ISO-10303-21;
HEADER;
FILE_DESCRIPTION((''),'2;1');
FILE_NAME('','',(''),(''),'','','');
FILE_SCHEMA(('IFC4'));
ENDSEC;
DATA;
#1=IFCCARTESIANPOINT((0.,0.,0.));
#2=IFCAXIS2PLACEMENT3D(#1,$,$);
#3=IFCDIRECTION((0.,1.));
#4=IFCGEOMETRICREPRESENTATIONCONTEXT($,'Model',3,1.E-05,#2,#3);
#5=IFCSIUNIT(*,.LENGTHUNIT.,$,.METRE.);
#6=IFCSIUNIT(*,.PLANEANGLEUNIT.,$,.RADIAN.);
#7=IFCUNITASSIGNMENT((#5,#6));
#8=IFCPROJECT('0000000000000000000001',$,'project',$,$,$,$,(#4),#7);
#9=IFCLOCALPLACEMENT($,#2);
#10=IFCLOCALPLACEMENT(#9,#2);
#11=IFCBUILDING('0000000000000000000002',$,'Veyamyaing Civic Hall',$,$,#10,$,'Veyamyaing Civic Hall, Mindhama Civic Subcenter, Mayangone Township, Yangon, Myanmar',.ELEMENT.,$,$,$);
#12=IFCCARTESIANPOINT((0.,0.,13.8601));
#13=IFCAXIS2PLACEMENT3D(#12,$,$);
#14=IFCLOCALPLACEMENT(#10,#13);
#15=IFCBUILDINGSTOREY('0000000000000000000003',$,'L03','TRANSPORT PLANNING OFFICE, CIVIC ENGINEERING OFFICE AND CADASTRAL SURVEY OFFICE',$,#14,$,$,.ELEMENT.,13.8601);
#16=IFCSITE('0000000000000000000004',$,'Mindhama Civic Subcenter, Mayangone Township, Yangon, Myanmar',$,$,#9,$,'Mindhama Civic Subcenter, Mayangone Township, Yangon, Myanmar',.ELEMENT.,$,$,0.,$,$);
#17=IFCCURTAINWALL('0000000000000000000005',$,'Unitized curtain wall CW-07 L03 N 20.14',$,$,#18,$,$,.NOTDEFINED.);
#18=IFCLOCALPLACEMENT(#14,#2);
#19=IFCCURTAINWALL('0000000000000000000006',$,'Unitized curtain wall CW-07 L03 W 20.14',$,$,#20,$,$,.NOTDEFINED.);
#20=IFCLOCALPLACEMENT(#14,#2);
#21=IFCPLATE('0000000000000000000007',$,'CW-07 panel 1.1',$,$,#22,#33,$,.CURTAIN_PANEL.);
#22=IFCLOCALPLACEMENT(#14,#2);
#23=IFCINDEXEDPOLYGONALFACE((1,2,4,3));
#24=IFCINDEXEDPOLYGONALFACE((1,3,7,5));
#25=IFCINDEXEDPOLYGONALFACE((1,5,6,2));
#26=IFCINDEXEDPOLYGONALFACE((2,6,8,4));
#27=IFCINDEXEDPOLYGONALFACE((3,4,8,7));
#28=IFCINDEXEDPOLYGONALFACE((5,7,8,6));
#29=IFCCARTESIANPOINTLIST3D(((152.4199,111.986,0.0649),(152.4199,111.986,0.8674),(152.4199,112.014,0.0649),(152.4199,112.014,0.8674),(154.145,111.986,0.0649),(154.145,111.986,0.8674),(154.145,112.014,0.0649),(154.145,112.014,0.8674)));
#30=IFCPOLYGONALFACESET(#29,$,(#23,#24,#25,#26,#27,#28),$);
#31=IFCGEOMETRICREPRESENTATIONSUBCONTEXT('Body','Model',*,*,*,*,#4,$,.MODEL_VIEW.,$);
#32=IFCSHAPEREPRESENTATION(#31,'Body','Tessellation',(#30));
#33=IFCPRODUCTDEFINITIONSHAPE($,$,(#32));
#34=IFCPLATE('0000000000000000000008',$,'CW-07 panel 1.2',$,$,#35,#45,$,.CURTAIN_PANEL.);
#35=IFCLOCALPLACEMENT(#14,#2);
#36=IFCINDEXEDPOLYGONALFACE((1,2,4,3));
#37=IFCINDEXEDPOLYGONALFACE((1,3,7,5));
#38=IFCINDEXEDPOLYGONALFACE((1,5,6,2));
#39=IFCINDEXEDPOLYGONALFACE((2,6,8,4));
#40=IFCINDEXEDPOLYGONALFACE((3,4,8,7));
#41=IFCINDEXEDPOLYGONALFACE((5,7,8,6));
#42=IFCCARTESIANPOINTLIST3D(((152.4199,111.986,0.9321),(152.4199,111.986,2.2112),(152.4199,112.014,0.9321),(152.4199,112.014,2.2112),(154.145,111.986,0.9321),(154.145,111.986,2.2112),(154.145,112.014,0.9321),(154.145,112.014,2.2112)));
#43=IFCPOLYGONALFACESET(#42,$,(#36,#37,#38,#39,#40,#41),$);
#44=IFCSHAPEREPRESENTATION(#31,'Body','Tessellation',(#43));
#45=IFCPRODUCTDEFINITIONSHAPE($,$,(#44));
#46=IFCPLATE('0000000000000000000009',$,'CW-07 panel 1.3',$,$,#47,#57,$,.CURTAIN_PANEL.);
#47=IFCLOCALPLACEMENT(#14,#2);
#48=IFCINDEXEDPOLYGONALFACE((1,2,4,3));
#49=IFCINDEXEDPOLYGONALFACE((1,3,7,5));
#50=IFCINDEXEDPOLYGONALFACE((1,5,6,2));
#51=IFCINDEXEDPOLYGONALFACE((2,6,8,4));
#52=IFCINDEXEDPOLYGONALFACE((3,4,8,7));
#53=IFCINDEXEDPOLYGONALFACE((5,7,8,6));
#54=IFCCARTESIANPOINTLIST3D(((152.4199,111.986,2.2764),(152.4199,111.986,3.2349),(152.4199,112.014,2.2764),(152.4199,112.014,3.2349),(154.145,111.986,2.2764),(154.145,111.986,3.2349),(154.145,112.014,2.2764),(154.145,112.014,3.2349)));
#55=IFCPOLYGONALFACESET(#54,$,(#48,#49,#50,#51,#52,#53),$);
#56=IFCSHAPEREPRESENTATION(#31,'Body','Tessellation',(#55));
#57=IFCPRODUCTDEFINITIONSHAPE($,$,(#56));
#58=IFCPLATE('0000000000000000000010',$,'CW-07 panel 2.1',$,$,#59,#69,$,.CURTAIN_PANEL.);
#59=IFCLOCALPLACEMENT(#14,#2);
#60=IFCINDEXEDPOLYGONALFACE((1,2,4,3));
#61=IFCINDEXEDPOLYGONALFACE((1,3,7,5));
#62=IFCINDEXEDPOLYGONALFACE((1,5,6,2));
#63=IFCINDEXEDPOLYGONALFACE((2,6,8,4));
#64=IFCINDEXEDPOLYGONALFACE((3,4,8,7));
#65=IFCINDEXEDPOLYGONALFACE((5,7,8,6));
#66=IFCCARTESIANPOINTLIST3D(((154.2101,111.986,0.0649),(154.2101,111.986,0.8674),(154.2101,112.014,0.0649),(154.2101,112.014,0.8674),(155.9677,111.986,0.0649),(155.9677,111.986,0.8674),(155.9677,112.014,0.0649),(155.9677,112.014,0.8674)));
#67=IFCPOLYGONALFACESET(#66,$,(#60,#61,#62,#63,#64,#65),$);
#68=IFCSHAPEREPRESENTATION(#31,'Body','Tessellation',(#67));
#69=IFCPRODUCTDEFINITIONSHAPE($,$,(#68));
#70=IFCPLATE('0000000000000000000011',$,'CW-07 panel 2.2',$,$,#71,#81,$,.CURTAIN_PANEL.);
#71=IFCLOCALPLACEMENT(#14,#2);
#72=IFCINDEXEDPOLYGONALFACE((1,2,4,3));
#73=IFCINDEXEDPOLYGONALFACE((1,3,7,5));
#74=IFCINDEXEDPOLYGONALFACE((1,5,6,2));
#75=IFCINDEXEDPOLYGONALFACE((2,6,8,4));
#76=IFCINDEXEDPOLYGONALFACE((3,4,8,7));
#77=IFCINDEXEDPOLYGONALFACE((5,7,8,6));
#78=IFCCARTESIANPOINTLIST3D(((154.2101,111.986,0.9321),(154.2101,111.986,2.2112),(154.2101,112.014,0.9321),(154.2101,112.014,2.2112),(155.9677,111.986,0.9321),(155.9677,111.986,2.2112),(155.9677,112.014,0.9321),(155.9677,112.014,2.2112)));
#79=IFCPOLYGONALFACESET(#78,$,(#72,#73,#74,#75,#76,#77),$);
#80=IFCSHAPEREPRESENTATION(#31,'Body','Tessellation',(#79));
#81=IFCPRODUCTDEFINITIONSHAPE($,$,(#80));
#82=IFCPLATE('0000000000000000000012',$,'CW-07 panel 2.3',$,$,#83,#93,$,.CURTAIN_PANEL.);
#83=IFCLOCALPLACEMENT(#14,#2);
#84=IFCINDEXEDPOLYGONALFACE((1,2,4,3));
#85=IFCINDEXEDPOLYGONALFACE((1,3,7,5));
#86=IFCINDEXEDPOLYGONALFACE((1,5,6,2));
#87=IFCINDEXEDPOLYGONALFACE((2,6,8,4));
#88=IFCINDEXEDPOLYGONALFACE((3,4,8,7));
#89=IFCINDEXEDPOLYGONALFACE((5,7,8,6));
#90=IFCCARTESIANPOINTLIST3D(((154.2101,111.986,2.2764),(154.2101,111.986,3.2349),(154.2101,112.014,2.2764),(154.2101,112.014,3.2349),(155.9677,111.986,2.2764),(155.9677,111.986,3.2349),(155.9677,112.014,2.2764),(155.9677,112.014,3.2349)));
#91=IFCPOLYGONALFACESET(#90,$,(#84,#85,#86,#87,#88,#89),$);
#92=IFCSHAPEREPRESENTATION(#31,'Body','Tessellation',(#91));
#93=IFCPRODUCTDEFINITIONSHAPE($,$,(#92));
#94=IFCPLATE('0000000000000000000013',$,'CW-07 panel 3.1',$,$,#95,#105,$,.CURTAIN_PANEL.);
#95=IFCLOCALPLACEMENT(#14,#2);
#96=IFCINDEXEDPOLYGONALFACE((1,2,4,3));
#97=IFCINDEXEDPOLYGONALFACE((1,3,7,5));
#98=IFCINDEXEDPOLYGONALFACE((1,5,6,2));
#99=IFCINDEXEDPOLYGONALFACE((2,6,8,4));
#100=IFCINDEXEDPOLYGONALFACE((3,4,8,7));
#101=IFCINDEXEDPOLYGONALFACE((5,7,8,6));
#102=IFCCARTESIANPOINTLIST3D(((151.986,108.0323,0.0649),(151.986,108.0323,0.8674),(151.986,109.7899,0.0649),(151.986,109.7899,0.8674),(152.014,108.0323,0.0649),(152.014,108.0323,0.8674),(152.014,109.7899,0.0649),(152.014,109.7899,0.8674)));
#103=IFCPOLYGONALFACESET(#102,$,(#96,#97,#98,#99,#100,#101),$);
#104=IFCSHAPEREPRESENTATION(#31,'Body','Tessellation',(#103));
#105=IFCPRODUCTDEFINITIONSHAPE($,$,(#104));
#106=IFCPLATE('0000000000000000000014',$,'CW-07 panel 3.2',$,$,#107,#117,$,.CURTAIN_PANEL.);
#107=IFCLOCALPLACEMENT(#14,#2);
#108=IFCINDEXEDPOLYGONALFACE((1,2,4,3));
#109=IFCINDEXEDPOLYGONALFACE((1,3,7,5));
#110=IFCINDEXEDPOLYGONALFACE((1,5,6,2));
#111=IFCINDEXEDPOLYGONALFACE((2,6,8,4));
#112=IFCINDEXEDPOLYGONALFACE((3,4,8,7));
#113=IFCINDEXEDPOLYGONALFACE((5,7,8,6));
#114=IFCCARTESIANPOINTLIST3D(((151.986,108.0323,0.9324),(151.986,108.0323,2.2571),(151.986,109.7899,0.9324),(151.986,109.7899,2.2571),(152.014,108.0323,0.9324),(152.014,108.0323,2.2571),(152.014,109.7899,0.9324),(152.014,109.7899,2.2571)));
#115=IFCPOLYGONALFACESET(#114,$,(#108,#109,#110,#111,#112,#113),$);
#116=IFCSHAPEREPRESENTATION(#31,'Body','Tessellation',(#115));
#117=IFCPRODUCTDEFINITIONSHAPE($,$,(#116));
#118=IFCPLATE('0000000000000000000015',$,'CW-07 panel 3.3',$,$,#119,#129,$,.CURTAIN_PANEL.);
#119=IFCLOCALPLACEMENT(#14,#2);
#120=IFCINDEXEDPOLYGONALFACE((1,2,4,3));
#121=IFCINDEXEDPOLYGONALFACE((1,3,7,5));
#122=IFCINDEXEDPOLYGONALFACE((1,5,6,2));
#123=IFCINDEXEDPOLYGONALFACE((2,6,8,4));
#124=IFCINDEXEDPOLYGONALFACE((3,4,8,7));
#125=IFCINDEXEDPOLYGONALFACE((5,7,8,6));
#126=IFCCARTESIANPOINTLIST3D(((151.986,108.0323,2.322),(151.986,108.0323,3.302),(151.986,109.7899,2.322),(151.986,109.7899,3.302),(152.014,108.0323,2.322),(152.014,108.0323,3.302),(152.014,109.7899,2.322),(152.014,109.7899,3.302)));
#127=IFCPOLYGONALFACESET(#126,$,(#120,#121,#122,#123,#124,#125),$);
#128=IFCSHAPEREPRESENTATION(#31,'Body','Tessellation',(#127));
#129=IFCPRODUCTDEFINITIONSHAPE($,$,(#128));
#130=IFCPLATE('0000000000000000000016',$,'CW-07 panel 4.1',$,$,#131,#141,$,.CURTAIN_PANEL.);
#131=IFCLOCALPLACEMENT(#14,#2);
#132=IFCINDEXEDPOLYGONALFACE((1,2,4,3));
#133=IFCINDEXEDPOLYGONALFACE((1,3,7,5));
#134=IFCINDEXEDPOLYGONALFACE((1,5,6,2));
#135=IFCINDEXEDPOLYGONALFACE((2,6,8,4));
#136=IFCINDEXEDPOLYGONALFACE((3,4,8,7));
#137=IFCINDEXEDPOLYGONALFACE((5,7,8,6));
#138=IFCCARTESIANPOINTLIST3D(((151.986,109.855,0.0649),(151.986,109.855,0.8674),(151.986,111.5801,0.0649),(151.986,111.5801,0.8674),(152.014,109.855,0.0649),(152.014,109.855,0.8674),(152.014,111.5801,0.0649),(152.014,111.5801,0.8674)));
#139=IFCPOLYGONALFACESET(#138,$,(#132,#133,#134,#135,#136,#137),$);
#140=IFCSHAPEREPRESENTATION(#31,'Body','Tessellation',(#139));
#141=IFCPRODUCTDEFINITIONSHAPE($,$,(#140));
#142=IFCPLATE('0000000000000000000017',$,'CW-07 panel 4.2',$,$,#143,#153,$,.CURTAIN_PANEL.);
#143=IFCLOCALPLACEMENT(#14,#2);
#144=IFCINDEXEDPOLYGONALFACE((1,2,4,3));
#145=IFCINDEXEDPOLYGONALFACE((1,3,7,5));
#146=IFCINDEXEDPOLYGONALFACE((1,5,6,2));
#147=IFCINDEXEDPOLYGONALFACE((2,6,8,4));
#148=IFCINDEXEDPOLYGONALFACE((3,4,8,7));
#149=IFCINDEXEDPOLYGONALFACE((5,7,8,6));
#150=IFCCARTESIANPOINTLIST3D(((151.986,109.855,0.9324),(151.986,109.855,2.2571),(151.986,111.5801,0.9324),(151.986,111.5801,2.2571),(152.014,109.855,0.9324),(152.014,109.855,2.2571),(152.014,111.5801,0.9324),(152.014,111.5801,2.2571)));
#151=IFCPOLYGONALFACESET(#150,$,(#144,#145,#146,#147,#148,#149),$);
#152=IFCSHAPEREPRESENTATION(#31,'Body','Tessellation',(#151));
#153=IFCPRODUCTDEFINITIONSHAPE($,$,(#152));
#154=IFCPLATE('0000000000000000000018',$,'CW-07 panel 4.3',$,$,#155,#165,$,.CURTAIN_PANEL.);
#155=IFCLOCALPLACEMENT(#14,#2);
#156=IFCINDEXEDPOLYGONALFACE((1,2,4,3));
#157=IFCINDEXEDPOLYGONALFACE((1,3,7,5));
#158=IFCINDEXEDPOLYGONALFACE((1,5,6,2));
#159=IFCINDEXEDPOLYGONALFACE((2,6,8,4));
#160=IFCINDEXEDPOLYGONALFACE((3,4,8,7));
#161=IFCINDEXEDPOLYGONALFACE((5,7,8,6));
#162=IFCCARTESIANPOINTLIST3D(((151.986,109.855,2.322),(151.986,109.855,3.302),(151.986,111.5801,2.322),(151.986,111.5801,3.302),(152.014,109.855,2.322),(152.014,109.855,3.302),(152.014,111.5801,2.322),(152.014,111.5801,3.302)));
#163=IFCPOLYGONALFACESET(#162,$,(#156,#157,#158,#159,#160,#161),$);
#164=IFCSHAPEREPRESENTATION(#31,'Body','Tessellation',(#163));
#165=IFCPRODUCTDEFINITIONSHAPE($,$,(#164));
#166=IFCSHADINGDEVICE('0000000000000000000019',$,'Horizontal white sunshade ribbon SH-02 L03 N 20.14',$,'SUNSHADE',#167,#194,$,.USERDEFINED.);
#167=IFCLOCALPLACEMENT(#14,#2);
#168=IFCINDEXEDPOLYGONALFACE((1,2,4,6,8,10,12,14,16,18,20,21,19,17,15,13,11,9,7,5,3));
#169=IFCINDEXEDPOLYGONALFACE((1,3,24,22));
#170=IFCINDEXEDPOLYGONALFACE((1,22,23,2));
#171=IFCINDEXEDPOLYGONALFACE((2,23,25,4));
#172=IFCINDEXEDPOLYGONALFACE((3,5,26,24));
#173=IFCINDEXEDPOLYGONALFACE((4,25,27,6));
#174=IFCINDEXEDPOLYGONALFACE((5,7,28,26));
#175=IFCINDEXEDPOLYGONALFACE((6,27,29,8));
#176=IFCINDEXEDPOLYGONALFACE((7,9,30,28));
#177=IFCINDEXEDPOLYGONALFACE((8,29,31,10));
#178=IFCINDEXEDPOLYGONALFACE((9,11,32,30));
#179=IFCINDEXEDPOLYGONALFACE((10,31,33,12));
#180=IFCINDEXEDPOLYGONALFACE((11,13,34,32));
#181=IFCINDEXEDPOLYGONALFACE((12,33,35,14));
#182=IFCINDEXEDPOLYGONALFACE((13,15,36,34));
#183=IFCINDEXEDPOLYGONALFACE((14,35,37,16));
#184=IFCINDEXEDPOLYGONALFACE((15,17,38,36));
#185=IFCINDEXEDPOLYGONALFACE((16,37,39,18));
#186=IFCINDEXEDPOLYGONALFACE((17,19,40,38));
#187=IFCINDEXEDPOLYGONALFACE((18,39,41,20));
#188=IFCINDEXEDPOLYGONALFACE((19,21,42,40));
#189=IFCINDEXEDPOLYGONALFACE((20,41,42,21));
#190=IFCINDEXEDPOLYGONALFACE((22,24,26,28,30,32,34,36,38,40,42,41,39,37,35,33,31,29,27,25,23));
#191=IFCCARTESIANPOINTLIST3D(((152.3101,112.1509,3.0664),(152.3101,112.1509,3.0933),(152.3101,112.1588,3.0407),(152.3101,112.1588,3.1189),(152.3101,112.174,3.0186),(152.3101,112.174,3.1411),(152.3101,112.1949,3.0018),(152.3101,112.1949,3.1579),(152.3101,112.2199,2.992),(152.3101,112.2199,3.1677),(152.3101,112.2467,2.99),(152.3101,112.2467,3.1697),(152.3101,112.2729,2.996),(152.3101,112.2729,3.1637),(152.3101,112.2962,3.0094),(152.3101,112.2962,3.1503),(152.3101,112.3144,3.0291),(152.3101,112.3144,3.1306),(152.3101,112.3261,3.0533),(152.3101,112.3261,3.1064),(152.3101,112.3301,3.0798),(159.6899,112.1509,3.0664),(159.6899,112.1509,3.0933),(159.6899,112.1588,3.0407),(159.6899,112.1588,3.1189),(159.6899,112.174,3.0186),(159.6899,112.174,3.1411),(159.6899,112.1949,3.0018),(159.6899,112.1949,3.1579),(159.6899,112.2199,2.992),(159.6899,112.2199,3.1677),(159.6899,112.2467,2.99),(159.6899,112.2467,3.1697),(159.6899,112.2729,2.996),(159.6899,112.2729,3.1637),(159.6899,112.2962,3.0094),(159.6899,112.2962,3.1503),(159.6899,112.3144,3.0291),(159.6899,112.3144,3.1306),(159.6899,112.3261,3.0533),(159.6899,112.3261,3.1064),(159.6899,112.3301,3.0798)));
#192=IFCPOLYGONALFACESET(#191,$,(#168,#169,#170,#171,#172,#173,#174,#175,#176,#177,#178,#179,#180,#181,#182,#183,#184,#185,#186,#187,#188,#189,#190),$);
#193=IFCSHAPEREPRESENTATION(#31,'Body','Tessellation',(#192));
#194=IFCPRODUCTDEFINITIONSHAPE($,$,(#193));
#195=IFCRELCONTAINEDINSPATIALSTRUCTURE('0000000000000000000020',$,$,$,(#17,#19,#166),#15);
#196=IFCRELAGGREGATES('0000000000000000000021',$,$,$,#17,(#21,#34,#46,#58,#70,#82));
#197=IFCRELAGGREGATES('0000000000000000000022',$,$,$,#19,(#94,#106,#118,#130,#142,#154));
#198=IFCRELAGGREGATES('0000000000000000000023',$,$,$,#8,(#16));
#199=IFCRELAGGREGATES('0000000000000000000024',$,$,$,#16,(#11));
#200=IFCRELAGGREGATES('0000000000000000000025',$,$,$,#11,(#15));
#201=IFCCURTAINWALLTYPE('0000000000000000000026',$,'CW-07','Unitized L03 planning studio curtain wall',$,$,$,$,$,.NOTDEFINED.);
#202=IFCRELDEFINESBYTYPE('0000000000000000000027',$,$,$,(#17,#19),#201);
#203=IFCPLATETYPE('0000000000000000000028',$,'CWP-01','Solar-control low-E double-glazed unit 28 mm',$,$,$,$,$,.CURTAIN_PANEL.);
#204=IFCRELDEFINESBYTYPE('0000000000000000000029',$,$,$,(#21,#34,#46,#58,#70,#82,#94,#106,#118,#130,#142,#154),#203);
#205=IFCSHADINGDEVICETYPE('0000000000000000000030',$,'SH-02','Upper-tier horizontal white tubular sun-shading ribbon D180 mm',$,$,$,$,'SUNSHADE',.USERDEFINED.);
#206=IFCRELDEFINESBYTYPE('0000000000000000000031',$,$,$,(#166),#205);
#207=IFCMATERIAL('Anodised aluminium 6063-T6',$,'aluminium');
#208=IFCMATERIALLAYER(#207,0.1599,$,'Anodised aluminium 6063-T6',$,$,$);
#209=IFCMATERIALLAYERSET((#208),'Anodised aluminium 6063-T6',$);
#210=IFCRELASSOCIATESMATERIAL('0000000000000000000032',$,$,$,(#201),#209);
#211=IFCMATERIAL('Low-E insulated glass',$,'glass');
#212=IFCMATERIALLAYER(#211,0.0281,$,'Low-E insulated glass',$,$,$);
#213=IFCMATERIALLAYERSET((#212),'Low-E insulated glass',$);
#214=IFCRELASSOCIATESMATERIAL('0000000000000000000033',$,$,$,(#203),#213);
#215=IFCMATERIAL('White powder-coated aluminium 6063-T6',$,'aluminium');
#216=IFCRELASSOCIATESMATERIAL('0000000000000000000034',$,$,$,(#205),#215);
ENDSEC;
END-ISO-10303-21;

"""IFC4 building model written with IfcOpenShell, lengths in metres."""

from ifc_helpers import new_model, si_unit, direction, frame, origin, origin_2d, place, context, subcontext, project, spatial, rectangle, circle, extrude, material, layer, layer_set, material_profile, profile_set, type_object, element, aggregate, save


model = new_model("IFC4")

# Units and contexts
model_context = context("Model", 3, precision=1e-05, world=origin(), true_north=direction((0.0, 1.0)))
body_context = subcontext(model_context, "Body", "Model", "MODEL_VIEW")
ifc_project = project(units=[si_unit("LENGTHUNIT", "METRE"), si_unit("PLANEANGLEUNIT", "RADIAN")], contexts=[model_context])

# Site, building, storey
site_placement = place(None, origin())
site = spatial("IfcSite", under=ifc_project, at=site_placement, Name="Mindhama Civic Subcenter, Mayangone Township, Yangon, Myanmar", LongName="Mindhama Civic Subcenter, Mayangone Township, Yangon, Myanmar", CompositionType="ELEMENT", RefElevation=0.0)
building_placement = place(site_placement, origin())
building = spatial("IfcBuilding", under=site, at=building_placement, Name="Veyamyaing Civic Hall", LongName="Veyamyaing Civic Hall, Mindhama Civic Subcenter, Mayangone Township, Yangon, Myanmar", CompositionType="ELEMENT")
storey_placement = place(building_placement, frame((0.0, 0.0, 13.8601)))
storey = spatial("IfcBuildingStorey", under=building, at=storey_placement, Name="L03", Description="TRANSPORT PLANNING OFFICE, CIVIC ENGINEERING OFFICE AND CADASTRAL SURVEY OFFICE", CompositionType="ELEMENT", Elevation=13.8601)

# Curtain walls
ifc_material_1 = material(Name="Anodised aluminium 6063-T6", Category="aluminium")
ifc_layer_1 = layer(ifc_material_1, 0.1599, Name="Anodised aluminium 6063-T6")
ifc_layer_set_1 = layer_set([ifc_layer_1], Name="Anodised aluminium 6063-T6")
curtain_wall_type = type_object("IfcCurtainWallType", Name="CW-07", Description="Unitized L03 planning studio curtain wall", PredefinedType="NOTDEFINED", material=ifc_layer_set_1)
curtain_wall_1_placement = place(storey_placement, origin())
curtain_wall_1 = element("IfcCurtainWall", 1, at=curtain_wall_1_placement, inside=storey, type_object=curtain_wall_type, Name="Unitized curtain wall CW-07 L03 N 20.14", PredefinedType="NOTDEFINED")
curtain_wall_2_placement = place(storey_placement, origin())
curtain_wall_2 = element("IfcCurtainWall", 2, at=curtain_wall_2_placement, inside=storey, type_object=curtain_wall_type, Name="Unitized curtain wall CW-07 L03 W 20.14", PredefinedType="NOTDEFINED")

# Plates
ifc_material_2 = material(Name="Low-E insulated glass", Category="glass")
ifc_layer_2 = layer(ifc_material_2, 0.0281, Name="Low-E insulated glass")
ifc_layer_set_2 = layer_set([ifc_layer_2], Name="Low-E insulated glass")
plate_type = type_object("IfcPlateType", Name="CWP-01", Description="Solar-control low-E double-glazed unit 28 mm", PredefinedType="CURTAIN_PANEL", material=ifc_layer_set_2)
plate_1_placement = place(storey_placement, frame((153.2825, 112.0, 0.0649), z_axis=(0.0, 0.0, 1.0), x_axis=(1.0, 0.0, 0.0)))
plate_1 = element("IfcPlate", 3, at=plate_1_placement, type_object=plate_type, Name="CW-07 panel 1.1", PredefinedType="CURTAIN_PANEL", context=body_context, shape_type="SweptSolid", body=[
    extrude(rectangle(XDim=1.7251, YDim=0.0281, at=origin_2d()), origin(), (0.0, 0.0, 1.0), 0.8025),
])
plate_2_placement = place(storey_placement, frame((153.2825, 112.0, 0.9321), z_axis=(0.0, 0.0, 1.0), x_axis=(1.0, 0.0, 0.0)))
plate_2 = element("IfcPlate", 4, at=plate_2_placement, type_object=plate_type, Name="CW-07 panel 1.2", PredefinedType="CURTAIN_PANEL", context=body_context, shape_type="SweptSolid", body=[
    extrude(rectangle(XDim=1.7251, YDim=0.0281, at=origin_2d()), origin(), (0.0, 0.0, 1.0), 1.2791),
])
plate_3_placement = place(storey_placement, frame((153.2825, 112.0, 2.2764), z_axis=(0.0, 0.0, 1.0), x_axis=(1.0, 0.0, 0.0)))
plate_3 = element("IfcPlate", 5, at=plate_3_placement, type_object=plate_type, Name="CW-07 panel 1.3", PredefinedType="CURTAIN_PANEL", context=body_context, shape_type="SweptSolid", body=[
    extrude(rectangle(XDim=1.7251, YDim=0.0281, at=origin_2d()), origin(), (0.0, 0.0, 1.0), 0.9585),
])
plate_4_placement = place(storey_placement, frame((155.0889, 112.0, 0.0649), z_axis=(0.0, 0.0, 1.0), x_axis=(1.0, 0.0, 0.0)))
plate_4 = element("IfcPlate", 6, at=plate_4_placement, type_object=plate_type, Name="CW-07 panel 2.1", PredefinedType="CURTAIN_PANEL", context=body_context, shape_type="SweptSolid", body=[
    extrude(rectangle(XDim=1.7576, YDim=0.0281, at=origin_2d()), origin(), (0.0, 0.0, 1.0), 0.8025),
])
plate_5_placement = place(storey_placement, frame((155.0889, 112.0, 0.9321), z_axis=(0.0, 0.0, 1.0), x_axis=(1.0, 0.0, 0.0)))
plate_5 = element("IfcPlate", 7, at=plate_5_placement, type_object=plate_type, Name="CW-07 panel 2.2", PredefinedType="CURTAIN_PANEL", context=body_context, shape_type="SweptSolid", body=[
    extrude(rectangle(XDim=1.7576, YDim=0.0281, at=origin_2d()), origin(), (0.0, 0.0, 1.0), 1.2791),
])
plate_6_placement = place(storey_placement, frame((155.0889, 112.0, 2.2764), z_axis=(0.0, 0.0, 1.0), x_axis=(1.0, 0.0, 0.0)))
plate_6 = element("IfcPlate", 8, at=plate_6_placement, type_object=plate_type, Name="CW-07 panel 2.3", PredefinedType="CURTAIN_PANEL", context=body_context, shape_type="SweptSolid", body=[
    extrude(rectangle(XDim=1.7576, YDim=0.0281, at=origin_2d()), origin(), (0.0, 0.0, 1.0), 0.9585),
])
aggregate(curtain_wall_1, [plate_1, plate_2, plate_3, plate_4, plate_5, plate_6])
plate_7_placement = place(storey_placement, frame((152.0, 108.9111, 0.0649), z_axis=(0.0, 0.0, 1.0), x_axis=(0.0, 1.0, 0.0)))
plate_7 = element("IfcPlate", 9, at=plate_7_placement, type_object=plate_type, Name="CW-07 panel 3.1", PredefinedType="CURTAIN_PANEL", context=body_context, shape_type="SweptSolid", body=[
    extrude(rectangle(XDim=1.7576, YDim=0.0281, at=origin_2d()), origin(), (0.0, 0.0, 1.0), 0.8025),
])
plate_8_placement = place(storey_placement, frame((152.0, 108.9111, 0.9324), z_axis=(0.0, 0.0, 1.0), x_axis=(0.0, 1.0, 0.0)))
plate_8 = element("IfcPlate", 10, at=plate_8_placement, type_object=plate_type, Name="CW-07 panel 3.2", PredefinedType="CURTAIN_PANEL", context=body_context, shape_type="SweptSolid", body=[
    extrude(rectangle(XDim=1.7576, YDim=0.0281, at=origin_2d()), origin(), (0.0, 0.0, 1.0), 1.3247),
])
plate_9_placement = place(storey_placement, frame((152.0, 108.9111, 2.322), z_axis=(0.0, 0.0, 1.0), x_axis=(0.0, 1.0, 0.0)))
plate_9 = element("IfcPlate", 11, at=plate_9_placement, type_object=plate_type, Name="CW-07 panel 3.3", PredefinedType="CURTAIN_PANEL", context=body_context, shape_type="SweptSolid", body=[
    extrude(rectangle(XDim=1.7576, YDim=0.0281, at=origin_2d()), origin(), (0.0, 0.0, 1.0), 0.98),
])
plate_10_placement = place(storey_placement, frame((152.0, 110.7175, 0.0649), z_axis=(0.0, 0.0, 1.0), x_axis=(0.0, 1.0, 0.0)))
plate_10 = element("IfcPlate", 12, at=plate_10_placement, type_object=plate_type, Name="CW-07 panel 4.1", PredefinedType="CURTAIN_PANEL", context=body_context, shape_type="SweptSolid", body=[
    extrude(rectangle(XDim=1.7251, YDim=0.0281, at=origin_2d()), origin(), (0.0, 0.0, 1.0), 0.8025),
])
plate_11_placement = place(storey_placement, frame((152.0, 110.7175, 0.9324), z_axis=(0.0, 0.0, 1.0), x_axis=(0.0, 1.0, 0.0)))
plate_11 = element("IfcPlate", 13, at=plate_11_placement, type_object=plate_type, Name="CW-07 panel 4.2", PredefinedType="CURTAIN_PANEL", context=body_context, shape_type="SweptSolid", body=[
    extrude(rectangle(XDim=1.7251, YDim=0.0281, at=origin_2d()), origin(), (0.0, 0.0, 1.0), 1.3247),
])
plate_12_placement = place(storey_placement, frame((152.0, 110.7175, 2.322), z_axis=(0.0, 0.0, 1.0), x_axis=(0.0, 1.0, 0.0)))
plate_12 = element("IfcPlate", 14, at=plate_12_placement, type_object=plate_type, Name="CW-07 panel 4.3", PredefinedType="CURTAIN_PANEL", context=body_context, shape_type="SweptSolid", body=[
    extrude(rectangle(XDim=1.7251, YDim=0.0281, at=origin_2d()), origin(), (0.0, 0.0, 1.0), 0.98),
])
aggregate(curtain_wall_2, [plate_7, plate_8, plate_9, plate_10, plate_11, plate_12])

# Shading device
ifc_material_3 = material(Name="White powder-coated aluminium 6063-T6", Category="aluminium")
ifc_material_profile_1 = material_profile(ifc_material_3, circle(Radius=0.0901, at=origin_2d()), Name="SHADE-TUBE-180")
ifc_profile_set_1 = profile_set([ifc_material_profile_1], Name="White powder-coated aluminium 6063-T6")
shading_device_type = type_object("IfcShadingDeviceType", Name="SH-02", Description="Upper-tier horizontal white tubular sun-shading ribbon D180 mm", ElementType="SUNSHADE", PredefinedType="USERDEFINED", material=ifc_profile_set_1)
shading_device_placement = place(storey_placement, frame((152.3101, 112.24, 3.0798), z_axis=(1.0, 0.0, 0.0), x_axis=(0.0, 1.0, 0.0)))
element("IfcShadingDevice", 15, at=shading_device_placement, inside=storey, type_object=shading_device_type, Name="Horizontal white sunshade ribbon SH-02 L03 N 20.14", ObjectType="SUNSHADE", PredefinedType="USERDEFINED", context=body_context, shape_type="SweptSolid", body=[
    extrude(circle(Radius=0.0901, at=origin_2d()), origin(), (0.0, 0.0, 1.0), 7.3799),
])

save(model, "model.ifc")
